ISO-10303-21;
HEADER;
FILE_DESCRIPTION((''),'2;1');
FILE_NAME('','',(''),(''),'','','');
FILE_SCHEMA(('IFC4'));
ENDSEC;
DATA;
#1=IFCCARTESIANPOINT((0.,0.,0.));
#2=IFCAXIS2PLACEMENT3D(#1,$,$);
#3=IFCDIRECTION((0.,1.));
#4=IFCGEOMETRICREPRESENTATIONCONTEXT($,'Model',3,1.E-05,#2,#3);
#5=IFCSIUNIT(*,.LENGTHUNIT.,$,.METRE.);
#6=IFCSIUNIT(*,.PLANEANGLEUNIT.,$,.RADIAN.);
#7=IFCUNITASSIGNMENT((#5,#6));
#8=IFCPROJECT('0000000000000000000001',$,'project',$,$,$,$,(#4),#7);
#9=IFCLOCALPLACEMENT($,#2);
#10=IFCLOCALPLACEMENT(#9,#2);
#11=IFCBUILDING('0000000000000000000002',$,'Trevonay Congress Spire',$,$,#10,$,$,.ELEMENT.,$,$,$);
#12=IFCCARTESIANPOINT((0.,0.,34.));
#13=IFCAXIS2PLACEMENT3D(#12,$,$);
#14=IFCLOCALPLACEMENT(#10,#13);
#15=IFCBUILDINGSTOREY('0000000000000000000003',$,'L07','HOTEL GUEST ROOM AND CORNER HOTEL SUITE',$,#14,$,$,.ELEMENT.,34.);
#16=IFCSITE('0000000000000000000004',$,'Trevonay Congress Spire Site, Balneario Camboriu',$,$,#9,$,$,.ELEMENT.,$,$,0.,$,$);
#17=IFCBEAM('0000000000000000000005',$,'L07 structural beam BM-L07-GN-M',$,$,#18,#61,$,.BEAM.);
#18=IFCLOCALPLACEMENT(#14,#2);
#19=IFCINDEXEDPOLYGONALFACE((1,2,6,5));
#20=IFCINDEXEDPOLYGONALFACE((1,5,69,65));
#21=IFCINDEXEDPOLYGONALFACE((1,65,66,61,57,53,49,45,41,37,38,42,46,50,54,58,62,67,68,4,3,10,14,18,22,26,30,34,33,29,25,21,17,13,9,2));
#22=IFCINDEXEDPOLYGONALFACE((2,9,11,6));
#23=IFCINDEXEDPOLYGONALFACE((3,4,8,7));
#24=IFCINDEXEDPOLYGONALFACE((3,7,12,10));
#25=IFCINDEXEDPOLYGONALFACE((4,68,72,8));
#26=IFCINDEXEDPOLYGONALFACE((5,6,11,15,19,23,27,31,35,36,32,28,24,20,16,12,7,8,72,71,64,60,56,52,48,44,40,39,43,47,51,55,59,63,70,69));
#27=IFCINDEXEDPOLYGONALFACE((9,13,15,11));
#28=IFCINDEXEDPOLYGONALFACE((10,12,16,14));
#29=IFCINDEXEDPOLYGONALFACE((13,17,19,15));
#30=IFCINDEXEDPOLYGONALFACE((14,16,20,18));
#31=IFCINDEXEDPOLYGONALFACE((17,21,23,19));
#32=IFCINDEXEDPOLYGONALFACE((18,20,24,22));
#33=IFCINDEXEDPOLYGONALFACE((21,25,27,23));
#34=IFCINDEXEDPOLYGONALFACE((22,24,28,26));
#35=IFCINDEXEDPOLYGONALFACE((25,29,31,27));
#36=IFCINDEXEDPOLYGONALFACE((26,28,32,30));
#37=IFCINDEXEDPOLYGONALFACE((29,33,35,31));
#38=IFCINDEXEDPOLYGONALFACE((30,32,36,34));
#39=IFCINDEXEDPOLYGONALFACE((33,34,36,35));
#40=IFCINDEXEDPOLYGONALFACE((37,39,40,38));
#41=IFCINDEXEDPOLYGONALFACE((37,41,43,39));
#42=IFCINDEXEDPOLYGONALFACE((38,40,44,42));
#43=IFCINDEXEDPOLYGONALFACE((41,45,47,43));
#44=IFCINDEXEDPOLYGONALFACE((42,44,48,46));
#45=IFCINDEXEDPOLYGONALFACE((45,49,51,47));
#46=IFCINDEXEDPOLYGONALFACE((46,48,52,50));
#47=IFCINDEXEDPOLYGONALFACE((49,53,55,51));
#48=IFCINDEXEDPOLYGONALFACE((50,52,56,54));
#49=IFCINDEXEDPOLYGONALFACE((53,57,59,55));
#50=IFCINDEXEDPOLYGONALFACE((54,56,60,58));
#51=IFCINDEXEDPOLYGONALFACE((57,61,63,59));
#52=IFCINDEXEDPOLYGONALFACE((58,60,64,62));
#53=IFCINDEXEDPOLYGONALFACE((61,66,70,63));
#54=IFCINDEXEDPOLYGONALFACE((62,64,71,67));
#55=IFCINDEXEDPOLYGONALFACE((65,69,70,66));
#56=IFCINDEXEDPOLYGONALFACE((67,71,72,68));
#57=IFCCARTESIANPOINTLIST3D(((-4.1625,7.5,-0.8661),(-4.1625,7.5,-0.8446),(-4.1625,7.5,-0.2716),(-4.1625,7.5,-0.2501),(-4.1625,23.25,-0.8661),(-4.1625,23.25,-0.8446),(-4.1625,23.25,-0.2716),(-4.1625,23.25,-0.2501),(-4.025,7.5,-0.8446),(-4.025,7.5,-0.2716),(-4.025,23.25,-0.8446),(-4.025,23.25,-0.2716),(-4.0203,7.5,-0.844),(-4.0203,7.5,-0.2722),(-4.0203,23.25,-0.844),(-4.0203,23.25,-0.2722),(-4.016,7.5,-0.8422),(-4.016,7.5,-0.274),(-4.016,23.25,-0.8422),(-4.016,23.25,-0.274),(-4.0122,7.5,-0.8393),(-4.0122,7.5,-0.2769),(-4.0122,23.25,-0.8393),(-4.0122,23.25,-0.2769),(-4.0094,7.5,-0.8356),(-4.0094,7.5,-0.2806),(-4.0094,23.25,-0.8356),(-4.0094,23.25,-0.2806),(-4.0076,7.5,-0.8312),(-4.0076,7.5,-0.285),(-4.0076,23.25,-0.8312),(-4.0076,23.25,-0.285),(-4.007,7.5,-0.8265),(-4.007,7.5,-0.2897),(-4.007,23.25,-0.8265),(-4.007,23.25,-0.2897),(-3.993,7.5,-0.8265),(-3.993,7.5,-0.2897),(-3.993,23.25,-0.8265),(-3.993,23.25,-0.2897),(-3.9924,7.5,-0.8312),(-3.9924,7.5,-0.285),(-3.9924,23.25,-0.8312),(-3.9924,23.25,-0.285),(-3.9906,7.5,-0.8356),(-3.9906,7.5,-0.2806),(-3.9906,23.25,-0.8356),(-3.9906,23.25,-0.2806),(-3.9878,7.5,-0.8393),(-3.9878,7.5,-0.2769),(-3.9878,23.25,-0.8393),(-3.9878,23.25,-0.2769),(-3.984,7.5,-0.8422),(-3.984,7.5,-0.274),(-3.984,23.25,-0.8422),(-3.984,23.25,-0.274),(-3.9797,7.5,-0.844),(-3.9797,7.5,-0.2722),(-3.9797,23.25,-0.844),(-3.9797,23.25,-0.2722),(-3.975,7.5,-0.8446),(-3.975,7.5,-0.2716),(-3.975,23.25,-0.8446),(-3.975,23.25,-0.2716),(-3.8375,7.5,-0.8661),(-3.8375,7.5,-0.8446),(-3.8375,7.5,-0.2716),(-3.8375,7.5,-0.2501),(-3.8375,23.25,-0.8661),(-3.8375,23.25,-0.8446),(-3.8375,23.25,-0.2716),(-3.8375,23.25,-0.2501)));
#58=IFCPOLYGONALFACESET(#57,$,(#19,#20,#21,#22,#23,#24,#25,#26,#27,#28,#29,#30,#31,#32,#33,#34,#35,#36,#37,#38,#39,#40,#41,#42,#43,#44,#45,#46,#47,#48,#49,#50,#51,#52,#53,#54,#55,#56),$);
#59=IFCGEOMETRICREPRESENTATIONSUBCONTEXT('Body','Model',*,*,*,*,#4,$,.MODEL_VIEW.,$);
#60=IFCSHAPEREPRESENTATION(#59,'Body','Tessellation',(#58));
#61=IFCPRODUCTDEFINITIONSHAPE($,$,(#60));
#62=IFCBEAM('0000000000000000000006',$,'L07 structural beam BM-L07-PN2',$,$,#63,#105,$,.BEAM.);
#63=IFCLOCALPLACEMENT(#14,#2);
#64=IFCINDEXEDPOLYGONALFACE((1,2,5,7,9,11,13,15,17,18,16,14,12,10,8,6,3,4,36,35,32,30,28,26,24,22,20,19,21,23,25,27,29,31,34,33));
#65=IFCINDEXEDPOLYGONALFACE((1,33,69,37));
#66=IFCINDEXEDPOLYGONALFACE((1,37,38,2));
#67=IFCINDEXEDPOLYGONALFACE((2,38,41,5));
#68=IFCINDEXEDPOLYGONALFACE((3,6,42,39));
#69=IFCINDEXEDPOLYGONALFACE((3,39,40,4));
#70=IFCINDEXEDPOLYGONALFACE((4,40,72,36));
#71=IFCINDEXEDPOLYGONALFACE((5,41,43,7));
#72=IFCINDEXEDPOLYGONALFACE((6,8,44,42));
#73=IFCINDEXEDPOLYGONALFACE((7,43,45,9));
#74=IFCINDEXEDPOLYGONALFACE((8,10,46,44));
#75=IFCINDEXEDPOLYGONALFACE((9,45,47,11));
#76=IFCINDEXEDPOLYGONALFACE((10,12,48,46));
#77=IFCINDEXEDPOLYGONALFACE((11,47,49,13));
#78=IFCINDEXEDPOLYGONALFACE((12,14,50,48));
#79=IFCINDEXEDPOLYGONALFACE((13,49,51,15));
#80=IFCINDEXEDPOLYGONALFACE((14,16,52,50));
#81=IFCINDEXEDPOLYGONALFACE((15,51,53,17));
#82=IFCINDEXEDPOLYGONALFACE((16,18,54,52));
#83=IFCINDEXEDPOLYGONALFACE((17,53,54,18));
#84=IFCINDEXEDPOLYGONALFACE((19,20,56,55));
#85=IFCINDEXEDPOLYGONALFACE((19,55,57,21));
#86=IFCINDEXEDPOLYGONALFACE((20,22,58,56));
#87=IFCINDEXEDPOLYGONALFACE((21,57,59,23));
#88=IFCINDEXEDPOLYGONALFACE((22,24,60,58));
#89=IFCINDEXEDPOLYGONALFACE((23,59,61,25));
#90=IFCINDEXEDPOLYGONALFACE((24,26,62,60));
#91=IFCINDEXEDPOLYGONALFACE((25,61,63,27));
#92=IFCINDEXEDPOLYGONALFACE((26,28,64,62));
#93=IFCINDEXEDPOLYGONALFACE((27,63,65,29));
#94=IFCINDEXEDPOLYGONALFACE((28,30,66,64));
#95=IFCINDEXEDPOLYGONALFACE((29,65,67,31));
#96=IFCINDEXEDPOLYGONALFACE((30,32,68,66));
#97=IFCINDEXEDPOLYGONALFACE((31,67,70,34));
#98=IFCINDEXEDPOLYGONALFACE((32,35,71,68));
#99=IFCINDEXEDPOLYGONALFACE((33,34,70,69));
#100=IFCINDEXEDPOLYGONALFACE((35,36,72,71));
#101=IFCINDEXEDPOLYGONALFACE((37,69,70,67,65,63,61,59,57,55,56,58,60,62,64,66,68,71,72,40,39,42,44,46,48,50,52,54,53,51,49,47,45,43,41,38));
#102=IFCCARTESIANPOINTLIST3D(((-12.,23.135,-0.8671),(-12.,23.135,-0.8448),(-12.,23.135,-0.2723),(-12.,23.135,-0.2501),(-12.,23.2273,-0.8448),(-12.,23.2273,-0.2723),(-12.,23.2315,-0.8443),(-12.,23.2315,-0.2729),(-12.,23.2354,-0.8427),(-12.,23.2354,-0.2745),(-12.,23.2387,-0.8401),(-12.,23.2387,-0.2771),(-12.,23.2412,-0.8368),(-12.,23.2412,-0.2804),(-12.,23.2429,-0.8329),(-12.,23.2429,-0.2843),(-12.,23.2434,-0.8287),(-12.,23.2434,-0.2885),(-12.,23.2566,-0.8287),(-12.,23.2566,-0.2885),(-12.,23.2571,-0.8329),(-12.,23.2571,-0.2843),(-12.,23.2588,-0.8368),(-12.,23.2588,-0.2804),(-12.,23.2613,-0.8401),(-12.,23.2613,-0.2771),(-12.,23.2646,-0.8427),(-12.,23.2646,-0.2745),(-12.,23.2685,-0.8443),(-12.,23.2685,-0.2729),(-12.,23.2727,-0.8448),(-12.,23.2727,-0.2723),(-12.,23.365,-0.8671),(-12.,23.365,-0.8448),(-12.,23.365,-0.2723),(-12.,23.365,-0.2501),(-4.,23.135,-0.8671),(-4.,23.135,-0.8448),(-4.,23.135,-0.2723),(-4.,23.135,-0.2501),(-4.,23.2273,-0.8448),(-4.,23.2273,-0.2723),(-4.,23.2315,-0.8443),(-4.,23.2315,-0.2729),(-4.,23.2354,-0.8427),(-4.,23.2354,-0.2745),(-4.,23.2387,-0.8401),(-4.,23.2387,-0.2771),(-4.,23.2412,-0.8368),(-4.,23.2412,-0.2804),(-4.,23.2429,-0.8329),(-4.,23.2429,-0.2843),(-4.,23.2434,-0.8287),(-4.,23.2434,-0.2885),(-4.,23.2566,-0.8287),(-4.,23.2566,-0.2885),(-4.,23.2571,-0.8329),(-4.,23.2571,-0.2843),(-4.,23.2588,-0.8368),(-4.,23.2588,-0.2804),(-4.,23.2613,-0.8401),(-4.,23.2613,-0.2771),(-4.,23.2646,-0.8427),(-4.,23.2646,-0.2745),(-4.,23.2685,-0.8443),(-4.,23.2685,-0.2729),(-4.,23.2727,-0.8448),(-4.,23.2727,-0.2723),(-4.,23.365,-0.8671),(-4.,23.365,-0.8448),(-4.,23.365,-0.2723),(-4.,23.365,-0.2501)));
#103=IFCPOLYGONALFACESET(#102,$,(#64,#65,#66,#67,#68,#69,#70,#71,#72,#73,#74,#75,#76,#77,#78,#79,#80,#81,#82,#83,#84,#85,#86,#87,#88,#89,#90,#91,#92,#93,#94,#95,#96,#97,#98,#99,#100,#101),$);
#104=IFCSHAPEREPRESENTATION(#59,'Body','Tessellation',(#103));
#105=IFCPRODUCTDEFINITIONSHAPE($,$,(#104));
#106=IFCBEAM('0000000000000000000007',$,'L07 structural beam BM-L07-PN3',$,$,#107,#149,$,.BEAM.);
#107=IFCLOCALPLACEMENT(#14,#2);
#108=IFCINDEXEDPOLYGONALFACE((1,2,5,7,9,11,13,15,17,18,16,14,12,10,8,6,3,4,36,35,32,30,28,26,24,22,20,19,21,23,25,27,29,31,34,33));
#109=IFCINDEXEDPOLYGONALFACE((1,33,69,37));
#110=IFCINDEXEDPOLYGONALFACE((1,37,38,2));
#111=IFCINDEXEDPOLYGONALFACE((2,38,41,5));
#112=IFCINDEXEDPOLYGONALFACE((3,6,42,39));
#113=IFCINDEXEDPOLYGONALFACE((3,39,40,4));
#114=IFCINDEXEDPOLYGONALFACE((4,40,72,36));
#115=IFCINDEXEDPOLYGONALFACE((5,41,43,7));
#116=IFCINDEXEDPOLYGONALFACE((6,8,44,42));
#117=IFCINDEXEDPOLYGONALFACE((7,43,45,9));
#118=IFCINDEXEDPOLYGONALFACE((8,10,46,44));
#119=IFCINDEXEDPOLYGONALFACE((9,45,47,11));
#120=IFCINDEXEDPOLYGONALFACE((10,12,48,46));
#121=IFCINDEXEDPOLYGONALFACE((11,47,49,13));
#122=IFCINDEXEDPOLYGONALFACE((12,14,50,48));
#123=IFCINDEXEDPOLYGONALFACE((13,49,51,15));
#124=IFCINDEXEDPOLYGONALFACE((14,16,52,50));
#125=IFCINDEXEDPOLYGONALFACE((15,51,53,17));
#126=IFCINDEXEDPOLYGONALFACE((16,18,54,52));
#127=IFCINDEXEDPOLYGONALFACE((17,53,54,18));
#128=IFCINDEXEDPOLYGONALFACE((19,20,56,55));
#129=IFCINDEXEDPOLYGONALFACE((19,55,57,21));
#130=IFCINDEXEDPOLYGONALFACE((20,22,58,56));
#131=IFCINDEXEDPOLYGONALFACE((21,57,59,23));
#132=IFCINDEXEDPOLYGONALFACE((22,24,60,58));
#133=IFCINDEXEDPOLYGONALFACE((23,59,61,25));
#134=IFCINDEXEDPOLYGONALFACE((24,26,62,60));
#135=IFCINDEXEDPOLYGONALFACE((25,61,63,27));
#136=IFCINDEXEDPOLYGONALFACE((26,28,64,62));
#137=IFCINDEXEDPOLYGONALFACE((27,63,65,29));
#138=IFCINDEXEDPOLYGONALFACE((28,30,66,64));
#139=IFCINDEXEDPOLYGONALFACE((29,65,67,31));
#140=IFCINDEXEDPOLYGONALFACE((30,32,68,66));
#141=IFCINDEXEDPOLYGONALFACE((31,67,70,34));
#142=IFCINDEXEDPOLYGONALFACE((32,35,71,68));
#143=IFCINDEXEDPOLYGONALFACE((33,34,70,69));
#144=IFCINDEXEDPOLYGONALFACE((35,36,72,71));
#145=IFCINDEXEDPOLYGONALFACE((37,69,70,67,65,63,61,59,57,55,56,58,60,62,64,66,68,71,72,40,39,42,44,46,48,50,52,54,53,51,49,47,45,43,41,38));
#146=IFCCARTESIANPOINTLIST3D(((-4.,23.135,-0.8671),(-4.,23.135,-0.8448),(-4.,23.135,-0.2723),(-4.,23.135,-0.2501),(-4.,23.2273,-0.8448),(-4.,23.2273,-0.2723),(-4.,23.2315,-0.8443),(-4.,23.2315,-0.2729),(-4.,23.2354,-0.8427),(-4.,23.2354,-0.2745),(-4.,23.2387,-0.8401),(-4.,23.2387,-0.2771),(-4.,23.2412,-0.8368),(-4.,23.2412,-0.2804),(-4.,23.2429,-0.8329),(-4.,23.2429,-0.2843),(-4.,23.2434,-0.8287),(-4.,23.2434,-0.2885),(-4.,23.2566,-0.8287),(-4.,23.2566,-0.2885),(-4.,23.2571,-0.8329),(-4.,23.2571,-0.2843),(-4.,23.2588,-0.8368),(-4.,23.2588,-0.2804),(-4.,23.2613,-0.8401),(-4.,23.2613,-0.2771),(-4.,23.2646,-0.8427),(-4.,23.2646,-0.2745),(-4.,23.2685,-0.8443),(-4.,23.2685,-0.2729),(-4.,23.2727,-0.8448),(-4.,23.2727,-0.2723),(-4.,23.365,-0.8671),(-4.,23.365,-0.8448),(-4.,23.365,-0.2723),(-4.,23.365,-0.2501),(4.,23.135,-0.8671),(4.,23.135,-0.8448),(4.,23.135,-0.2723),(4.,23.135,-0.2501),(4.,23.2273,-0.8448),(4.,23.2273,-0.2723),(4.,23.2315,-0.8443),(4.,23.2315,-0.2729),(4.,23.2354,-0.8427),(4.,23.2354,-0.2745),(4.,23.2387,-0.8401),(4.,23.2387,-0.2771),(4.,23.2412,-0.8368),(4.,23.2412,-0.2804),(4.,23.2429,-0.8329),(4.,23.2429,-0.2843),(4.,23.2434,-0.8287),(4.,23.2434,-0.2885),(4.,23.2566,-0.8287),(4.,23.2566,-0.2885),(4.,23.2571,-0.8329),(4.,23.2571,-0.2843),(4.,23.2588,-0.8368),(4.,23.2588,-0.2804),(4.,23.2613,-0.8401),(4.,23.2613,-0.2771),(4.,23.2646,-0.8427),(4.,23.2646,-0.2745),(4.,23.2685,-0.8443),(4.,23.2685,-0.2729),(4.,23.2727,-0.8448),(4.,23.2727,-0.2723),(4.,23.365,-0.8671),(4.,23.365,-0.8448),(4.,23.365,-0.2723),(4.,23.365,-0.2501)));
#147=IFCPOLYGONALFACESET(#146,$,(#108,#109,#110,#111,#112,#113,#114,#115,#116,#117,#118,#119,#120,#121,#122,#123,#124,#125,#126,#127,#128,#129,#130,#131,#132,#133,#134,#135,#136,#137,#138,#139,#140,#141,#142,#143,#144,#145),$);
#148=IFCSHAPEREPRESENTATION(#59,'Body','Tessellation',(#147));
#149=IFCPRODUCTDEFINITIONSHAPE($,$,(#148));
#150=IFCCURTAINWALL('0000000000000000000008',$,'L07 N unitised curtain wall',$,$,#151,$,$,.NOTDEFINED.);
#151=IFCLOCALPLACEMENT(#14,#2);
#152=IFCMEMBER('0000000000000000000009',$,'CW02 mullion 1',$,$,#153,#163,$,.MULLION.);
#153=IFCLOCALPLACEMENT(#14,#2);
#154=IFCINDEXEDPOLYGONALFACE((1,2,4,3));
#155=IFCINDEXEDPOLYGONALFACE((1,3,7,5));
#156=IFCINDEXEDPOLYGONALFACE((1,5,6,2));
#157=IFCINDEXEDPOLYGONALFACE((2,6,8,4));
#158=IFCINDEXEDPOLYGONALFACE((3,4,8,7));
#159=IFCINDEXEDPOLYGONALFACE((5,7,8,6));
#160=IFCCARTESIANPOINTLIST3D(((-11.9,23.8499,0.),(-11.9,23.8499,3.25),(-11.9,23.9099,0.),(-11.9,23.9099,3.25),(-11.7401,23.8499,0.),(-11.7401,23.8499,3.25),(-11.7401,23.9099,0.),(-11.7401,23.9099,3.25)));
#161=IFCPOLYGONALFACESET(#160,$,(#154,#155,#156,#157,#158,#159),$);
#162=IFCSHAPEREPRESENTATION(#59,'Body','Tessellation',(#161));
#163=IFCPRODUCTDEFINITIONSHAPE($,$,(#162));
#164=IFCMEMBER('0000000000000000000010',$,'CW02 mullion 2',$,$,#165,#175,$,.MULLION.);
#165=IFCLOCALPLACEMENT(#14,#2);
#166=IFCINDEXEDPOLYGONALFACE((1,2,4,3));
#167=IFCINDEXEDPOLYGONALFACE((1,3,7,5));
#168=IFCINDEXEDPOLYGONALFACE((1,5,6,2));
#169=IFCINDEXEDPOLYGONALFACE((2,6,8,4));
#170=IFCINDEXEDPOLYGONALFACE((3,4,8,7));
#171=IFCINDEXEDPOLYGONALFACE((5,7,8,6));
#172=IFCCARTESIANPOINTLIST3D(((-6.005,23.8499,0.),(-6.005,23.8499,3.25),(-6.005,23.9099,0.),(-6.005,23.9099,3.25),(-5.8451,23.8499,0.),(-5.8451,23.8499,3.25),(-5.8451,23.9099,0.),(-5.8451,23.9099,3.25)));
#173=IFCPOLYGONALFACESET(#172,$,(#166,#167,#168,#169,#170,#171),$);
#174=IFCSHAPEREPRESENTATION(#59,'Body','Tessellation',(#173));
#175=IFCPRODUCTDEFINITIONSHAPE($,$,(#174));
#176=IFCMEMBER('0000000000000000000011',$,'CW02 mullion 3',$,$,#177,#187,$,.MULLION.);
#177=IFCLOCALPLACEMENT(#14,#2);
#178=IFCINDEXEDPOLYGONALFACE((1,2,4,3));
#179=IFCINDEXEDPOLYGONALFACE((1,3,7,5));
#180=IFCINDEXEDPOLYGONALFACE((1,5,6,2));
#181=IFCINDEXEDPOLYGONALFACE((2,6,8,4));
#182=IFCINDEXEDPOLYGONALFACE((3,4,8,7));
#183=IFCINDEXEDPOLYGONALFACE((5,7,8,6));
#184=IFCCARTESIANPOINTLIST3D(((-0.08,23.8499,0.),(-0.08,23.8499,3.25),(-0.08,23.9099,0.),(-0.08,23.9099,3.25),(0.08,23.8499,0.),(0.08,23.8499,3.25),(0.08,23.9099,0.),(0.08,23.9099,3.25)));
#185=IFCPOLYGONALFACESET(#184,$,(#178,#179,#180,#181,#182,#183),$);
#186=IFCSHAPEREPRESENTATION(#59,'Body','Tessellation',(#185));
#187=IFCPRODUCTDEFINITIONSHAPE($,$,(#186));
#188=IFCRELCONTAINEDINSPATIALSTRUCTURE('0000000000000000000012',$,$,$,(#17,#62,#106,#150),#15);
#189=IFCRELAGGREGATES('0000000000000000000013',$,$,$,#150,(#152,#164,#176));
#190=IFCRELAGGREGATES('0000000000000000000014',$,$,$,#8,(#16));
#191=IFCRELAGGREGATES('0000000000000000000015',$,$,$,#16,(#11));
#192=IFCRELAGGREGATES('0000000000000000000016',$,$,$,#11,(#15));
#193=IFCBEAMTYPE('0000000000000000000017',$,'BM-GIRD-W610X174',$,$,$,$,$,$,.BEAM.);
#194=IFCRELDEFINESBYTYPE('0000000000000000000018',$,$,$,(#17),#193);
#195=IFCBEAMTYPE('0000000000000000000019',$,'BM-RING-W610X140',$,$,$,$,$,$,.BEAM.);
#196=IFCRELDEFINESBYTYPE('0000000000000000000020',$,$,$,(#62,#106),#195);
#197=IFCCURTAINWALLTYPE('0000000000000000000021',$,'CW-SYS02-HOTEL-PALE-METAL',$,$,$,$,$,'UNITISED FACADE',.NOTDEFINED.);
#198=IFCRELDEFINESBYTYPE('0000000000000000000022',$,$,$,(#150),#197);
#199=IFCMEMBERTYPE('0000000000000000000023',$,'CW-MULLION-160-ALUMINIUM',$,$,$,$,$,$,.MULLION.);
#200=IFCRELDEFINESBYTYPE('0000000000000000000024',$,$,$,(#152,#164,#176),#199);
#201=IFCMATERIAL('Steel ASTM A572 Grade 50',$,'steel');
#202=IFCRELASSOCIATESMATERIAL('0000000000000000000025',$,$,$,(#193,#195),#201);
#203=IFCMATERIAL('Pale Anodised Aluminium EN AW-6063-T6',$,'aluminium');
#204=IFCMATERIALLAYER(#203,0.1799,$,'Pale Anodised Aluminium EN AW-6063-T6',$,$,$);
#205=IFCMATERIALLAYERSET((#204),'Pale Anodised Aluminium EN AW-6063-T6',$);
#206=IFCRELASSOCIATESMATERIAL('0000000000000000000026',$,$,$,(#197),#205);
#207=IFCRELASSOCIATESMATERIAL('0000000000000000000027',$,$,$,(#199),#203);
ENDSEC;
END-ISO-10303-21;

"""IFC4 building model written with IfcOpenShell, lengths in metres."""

from ifc_helpers import new_model, si_unit, direction, frame, origin, origin_2d, place, context, subcontext, project, spatial, rectangle, i_section, extrude, material, layer, layer_set, material_profile, profile_set, type_object, element, aggregate, save


model = new_model("IFC4")

# Units and contexts
model_context = context("Model", 3, precision=1e-05, world=origin(), true_north=direction((0.0, 1.0)))
body_context = subcontext(model_context, "Body", "Model", "MODEL_VIEW")
ifc_project = project(units=[si_unit("LENGTHUNIT", "METRE"), si_unit("PLANEANGLEUNIT", "RADIAN")], contexts=[model_context])

# Site, building, storey
site_placement = place(None, origin())
site = spatial("IfcSite", under=ifc_project, at=site_placement, Name="Trevonay Congress Spire Site, Balneario Camboriu", CompositionType="ELEMENT", RefElevation=0.0)
building_placement = place(site_placement, origin())
building = spatial("IfcBuilding", under=site, at=building_placement, Name="Trevonay Congress Spire", CompositionType="ELEMENT")
storey_placement = place(building_placement, frame((0.0, 0.0, 34.0)))
storey = spatial("IfcBuildingStorey", under=building, at=storey_placement, Name="L07", Description="HOTEL GUEST ROOM AND CORNER HOTEL SUITE", CompositionType="ELEMENT", Elevation=34.0)

# Shared definitions
ifc_material_1 = material(Name="Steel ASTM A572 Grade 50", Category="steel")

# Beams
ifc_material_profile_1 = material_profile(ifc_material_1, i_section(OverallWidth=0.325, OverallDepth=0.616, WebThickness=0.0139, FlangeThickness=0.0215, FilletRadius=0.0181, at=origin_2d()), Name="W610x174")
ifc_profile_set_1 = profile_set([ifc_material_profile_1], Name="Steel ASTM A572 Grade 50")
beam_type_1 = type_object("IfcBeamType", Name="BM-GIRD-W610X174", PredefinedType="BEAM", material=ifc_profile_set_1)
beam_1_placement = place(storey_placement, frame((-4.0, 7.5, -0.5581), z_axis=(0.0, 1.0, 0.0), x_axis=(-1.0, 0.0, 0.0)))
element("IfcBeam", 1, at=beam_1_placement, inside=storey, type_object=beam_type_1, Name="L07 structural beam BM-L07-GN-M", PredefinedType="BEAM", context=body_context, shape_type="SweptSolid", body=[
    extrude(i_section(OverallWidth=0.325, OverallDepth=0.616, WebThickness=0.0139, FlangeThickness=0.0215, FilletRadius=0.0181, at=origin_2d()), origin(), (0.0, 0.0, 1.0), 15.75),
])
ifc_material_profile_2 = material_profile(ifc_material_1, i_section(OverallWidth=0.23, OverallDepth=0.6169, WebThickness=0.0132, FlangeThickness=0.0222, FilletRadius=0.0161, at=origin_2d()), Name="W610x140")
ifc_profile_set_2 = profile_set([ifc_material_profile_2], Name="Steel ASTM A572 Grade 50")
beam_type_2 = type_object("IfcBeamType", Name="BM-RING-W610X140", PredefinedType="BEAM", material=ifc_profile_set_2)
for number, where, z_axis, x_axis, name in (
    (2, (-12.0, 23.25, -0.5586), (1.0, 0.0, 0.0), (0.0, 1.0, 0.0), "L07 structural beam BM-L07-PN2"),
    (3, (-4.0, 23.25, -0.5586), (1.0, 0.0, 0.0), (0.0, 1.0, 0.0), "L07 structural beam BM-L07-PN3"),
):
    element("IfcBeam", number, at=place(storey_placement, frame(where, z_axis=z_axis, x_axis=x_axis)), inside=storey, type_object=beam_type_2, Name=name, PredefinedType="BEAM", context=body_context, shape_type="SweptSolid", body=[
        extrude(i_section(OverallWidth=0.23, OverallDepth=0.6169, WebThickness=0.0132, FlangeThickness=0.0222, FilletRadius=0.0161, at=origin_2d()), origin(), (0.0, 0.0, 1.0), 8.0),
    ])

# Curtain wall, members
ifc_material_2 = material(Name="Pale Anodised Aluminium EN AW-6063-T6", Category="aluminium")
ifc_layer_1 = layer(ifc_material_2, 0.1799, Name="Pale Anodised Aluminium EN AW-6063-T6")
ifc_layer_set_1 = layer_set([ifc_layer_1], Name="Pale Anodised Aluminium EN AW-6063-T6")
curtain_wall_type = type_object("IfcCurtainWallType", Name="CW-SYS02-HOTEL-PALE-METAL", ElementType="UNITISED FACADE", PredefinedType="NOTDEFINED", material=ifc_layer_set_1)
curtain_wall_placement = place(storey_placement, origin())
curtain_wall = element("IfcCurtainWall", 4, at=curtain_wall_placement, inside=storey, type_object=curtain_wall_type, Name="L07 N unitised curtain wall", PredefinedType="NOTDEFINED")
ifc_material_profile_3 = material_profile(ifc_material_2, rectangle(XDim=0.0601, YDim=0.1599, at=origin_2d()), Name="CW-MULLION-160-ALUMINIUM")
ifc_profile_set_3 = profile_set([ifc_material_profile_3], Name="Pale Anodised Aluminium EN AW-6063-T6")
member_type_1 = type_object("IfcMemberType", Name="CW-MULLION-160-ALUMINIUM", PredefinedType="MULLION", material=ifc_profile_set_3)
member_1_placement = place(storey_placement, frame((-11.8201, 23.8799, 0.0), z_axis=(0.0, 0.0, 1.0), x_axis=(0.0, 1.0, 0.0)))
member_1 = element("IfcMember", 5, at=member_1_placement, type_object=member_type_1, Name="CW02 mullion 1", PredefinedType="MULLION", context=body_context, shape_type="SweptSolid", body=[
    extrude(rectangle(XDim=0.0601, YDim=0.1599, at=origin_2d()), origin(), (0.0, 0.0, 1.0), 3.25),
])
member_2_placement = place(storey_placement, frame((-5.925, 23.8799, 0.0), z_axis=(0.0, 0.0, 1.0), x_axis=(0.0, 1.0, 0.0)))
member_2 = element("IfcMember", 6, at=member_2_placement, type_object=member_type_1, Name="CW02 mullion 2", PredefinedType="MULLION", context=body_context, shape_type="SweptSolid", body=[
    extrude(rectangle(XDim=0.0601, YDim=0.1599, at=origin_2d()), origin(), (0.0, 0.0, 1.0), 3.25),
])
member_3_placement = place(storey_placement, frame((0.0, 23.8799, 0.0), z_axis=(0.0, 0.0, 1.0), x_axis=(0.0, 1.0, 0.0)))
member_3 = element("IfcMember", 7, at=member_3_placement, type_object=member_type_1, Name="CW02 mullion 3", PredefinedType="MULLION", context=body_context, shape_type="SweptSolid", body=[
    extrude(rectangle(XDim=0.0601, YDim=0.1599, at=origin_2d()), origin(), (0.0, 0.0, 1.0), 3.25),
])
aggregate(curtain_wall, [member_1, member_2, member_3])

save(model, "model.ifc")
